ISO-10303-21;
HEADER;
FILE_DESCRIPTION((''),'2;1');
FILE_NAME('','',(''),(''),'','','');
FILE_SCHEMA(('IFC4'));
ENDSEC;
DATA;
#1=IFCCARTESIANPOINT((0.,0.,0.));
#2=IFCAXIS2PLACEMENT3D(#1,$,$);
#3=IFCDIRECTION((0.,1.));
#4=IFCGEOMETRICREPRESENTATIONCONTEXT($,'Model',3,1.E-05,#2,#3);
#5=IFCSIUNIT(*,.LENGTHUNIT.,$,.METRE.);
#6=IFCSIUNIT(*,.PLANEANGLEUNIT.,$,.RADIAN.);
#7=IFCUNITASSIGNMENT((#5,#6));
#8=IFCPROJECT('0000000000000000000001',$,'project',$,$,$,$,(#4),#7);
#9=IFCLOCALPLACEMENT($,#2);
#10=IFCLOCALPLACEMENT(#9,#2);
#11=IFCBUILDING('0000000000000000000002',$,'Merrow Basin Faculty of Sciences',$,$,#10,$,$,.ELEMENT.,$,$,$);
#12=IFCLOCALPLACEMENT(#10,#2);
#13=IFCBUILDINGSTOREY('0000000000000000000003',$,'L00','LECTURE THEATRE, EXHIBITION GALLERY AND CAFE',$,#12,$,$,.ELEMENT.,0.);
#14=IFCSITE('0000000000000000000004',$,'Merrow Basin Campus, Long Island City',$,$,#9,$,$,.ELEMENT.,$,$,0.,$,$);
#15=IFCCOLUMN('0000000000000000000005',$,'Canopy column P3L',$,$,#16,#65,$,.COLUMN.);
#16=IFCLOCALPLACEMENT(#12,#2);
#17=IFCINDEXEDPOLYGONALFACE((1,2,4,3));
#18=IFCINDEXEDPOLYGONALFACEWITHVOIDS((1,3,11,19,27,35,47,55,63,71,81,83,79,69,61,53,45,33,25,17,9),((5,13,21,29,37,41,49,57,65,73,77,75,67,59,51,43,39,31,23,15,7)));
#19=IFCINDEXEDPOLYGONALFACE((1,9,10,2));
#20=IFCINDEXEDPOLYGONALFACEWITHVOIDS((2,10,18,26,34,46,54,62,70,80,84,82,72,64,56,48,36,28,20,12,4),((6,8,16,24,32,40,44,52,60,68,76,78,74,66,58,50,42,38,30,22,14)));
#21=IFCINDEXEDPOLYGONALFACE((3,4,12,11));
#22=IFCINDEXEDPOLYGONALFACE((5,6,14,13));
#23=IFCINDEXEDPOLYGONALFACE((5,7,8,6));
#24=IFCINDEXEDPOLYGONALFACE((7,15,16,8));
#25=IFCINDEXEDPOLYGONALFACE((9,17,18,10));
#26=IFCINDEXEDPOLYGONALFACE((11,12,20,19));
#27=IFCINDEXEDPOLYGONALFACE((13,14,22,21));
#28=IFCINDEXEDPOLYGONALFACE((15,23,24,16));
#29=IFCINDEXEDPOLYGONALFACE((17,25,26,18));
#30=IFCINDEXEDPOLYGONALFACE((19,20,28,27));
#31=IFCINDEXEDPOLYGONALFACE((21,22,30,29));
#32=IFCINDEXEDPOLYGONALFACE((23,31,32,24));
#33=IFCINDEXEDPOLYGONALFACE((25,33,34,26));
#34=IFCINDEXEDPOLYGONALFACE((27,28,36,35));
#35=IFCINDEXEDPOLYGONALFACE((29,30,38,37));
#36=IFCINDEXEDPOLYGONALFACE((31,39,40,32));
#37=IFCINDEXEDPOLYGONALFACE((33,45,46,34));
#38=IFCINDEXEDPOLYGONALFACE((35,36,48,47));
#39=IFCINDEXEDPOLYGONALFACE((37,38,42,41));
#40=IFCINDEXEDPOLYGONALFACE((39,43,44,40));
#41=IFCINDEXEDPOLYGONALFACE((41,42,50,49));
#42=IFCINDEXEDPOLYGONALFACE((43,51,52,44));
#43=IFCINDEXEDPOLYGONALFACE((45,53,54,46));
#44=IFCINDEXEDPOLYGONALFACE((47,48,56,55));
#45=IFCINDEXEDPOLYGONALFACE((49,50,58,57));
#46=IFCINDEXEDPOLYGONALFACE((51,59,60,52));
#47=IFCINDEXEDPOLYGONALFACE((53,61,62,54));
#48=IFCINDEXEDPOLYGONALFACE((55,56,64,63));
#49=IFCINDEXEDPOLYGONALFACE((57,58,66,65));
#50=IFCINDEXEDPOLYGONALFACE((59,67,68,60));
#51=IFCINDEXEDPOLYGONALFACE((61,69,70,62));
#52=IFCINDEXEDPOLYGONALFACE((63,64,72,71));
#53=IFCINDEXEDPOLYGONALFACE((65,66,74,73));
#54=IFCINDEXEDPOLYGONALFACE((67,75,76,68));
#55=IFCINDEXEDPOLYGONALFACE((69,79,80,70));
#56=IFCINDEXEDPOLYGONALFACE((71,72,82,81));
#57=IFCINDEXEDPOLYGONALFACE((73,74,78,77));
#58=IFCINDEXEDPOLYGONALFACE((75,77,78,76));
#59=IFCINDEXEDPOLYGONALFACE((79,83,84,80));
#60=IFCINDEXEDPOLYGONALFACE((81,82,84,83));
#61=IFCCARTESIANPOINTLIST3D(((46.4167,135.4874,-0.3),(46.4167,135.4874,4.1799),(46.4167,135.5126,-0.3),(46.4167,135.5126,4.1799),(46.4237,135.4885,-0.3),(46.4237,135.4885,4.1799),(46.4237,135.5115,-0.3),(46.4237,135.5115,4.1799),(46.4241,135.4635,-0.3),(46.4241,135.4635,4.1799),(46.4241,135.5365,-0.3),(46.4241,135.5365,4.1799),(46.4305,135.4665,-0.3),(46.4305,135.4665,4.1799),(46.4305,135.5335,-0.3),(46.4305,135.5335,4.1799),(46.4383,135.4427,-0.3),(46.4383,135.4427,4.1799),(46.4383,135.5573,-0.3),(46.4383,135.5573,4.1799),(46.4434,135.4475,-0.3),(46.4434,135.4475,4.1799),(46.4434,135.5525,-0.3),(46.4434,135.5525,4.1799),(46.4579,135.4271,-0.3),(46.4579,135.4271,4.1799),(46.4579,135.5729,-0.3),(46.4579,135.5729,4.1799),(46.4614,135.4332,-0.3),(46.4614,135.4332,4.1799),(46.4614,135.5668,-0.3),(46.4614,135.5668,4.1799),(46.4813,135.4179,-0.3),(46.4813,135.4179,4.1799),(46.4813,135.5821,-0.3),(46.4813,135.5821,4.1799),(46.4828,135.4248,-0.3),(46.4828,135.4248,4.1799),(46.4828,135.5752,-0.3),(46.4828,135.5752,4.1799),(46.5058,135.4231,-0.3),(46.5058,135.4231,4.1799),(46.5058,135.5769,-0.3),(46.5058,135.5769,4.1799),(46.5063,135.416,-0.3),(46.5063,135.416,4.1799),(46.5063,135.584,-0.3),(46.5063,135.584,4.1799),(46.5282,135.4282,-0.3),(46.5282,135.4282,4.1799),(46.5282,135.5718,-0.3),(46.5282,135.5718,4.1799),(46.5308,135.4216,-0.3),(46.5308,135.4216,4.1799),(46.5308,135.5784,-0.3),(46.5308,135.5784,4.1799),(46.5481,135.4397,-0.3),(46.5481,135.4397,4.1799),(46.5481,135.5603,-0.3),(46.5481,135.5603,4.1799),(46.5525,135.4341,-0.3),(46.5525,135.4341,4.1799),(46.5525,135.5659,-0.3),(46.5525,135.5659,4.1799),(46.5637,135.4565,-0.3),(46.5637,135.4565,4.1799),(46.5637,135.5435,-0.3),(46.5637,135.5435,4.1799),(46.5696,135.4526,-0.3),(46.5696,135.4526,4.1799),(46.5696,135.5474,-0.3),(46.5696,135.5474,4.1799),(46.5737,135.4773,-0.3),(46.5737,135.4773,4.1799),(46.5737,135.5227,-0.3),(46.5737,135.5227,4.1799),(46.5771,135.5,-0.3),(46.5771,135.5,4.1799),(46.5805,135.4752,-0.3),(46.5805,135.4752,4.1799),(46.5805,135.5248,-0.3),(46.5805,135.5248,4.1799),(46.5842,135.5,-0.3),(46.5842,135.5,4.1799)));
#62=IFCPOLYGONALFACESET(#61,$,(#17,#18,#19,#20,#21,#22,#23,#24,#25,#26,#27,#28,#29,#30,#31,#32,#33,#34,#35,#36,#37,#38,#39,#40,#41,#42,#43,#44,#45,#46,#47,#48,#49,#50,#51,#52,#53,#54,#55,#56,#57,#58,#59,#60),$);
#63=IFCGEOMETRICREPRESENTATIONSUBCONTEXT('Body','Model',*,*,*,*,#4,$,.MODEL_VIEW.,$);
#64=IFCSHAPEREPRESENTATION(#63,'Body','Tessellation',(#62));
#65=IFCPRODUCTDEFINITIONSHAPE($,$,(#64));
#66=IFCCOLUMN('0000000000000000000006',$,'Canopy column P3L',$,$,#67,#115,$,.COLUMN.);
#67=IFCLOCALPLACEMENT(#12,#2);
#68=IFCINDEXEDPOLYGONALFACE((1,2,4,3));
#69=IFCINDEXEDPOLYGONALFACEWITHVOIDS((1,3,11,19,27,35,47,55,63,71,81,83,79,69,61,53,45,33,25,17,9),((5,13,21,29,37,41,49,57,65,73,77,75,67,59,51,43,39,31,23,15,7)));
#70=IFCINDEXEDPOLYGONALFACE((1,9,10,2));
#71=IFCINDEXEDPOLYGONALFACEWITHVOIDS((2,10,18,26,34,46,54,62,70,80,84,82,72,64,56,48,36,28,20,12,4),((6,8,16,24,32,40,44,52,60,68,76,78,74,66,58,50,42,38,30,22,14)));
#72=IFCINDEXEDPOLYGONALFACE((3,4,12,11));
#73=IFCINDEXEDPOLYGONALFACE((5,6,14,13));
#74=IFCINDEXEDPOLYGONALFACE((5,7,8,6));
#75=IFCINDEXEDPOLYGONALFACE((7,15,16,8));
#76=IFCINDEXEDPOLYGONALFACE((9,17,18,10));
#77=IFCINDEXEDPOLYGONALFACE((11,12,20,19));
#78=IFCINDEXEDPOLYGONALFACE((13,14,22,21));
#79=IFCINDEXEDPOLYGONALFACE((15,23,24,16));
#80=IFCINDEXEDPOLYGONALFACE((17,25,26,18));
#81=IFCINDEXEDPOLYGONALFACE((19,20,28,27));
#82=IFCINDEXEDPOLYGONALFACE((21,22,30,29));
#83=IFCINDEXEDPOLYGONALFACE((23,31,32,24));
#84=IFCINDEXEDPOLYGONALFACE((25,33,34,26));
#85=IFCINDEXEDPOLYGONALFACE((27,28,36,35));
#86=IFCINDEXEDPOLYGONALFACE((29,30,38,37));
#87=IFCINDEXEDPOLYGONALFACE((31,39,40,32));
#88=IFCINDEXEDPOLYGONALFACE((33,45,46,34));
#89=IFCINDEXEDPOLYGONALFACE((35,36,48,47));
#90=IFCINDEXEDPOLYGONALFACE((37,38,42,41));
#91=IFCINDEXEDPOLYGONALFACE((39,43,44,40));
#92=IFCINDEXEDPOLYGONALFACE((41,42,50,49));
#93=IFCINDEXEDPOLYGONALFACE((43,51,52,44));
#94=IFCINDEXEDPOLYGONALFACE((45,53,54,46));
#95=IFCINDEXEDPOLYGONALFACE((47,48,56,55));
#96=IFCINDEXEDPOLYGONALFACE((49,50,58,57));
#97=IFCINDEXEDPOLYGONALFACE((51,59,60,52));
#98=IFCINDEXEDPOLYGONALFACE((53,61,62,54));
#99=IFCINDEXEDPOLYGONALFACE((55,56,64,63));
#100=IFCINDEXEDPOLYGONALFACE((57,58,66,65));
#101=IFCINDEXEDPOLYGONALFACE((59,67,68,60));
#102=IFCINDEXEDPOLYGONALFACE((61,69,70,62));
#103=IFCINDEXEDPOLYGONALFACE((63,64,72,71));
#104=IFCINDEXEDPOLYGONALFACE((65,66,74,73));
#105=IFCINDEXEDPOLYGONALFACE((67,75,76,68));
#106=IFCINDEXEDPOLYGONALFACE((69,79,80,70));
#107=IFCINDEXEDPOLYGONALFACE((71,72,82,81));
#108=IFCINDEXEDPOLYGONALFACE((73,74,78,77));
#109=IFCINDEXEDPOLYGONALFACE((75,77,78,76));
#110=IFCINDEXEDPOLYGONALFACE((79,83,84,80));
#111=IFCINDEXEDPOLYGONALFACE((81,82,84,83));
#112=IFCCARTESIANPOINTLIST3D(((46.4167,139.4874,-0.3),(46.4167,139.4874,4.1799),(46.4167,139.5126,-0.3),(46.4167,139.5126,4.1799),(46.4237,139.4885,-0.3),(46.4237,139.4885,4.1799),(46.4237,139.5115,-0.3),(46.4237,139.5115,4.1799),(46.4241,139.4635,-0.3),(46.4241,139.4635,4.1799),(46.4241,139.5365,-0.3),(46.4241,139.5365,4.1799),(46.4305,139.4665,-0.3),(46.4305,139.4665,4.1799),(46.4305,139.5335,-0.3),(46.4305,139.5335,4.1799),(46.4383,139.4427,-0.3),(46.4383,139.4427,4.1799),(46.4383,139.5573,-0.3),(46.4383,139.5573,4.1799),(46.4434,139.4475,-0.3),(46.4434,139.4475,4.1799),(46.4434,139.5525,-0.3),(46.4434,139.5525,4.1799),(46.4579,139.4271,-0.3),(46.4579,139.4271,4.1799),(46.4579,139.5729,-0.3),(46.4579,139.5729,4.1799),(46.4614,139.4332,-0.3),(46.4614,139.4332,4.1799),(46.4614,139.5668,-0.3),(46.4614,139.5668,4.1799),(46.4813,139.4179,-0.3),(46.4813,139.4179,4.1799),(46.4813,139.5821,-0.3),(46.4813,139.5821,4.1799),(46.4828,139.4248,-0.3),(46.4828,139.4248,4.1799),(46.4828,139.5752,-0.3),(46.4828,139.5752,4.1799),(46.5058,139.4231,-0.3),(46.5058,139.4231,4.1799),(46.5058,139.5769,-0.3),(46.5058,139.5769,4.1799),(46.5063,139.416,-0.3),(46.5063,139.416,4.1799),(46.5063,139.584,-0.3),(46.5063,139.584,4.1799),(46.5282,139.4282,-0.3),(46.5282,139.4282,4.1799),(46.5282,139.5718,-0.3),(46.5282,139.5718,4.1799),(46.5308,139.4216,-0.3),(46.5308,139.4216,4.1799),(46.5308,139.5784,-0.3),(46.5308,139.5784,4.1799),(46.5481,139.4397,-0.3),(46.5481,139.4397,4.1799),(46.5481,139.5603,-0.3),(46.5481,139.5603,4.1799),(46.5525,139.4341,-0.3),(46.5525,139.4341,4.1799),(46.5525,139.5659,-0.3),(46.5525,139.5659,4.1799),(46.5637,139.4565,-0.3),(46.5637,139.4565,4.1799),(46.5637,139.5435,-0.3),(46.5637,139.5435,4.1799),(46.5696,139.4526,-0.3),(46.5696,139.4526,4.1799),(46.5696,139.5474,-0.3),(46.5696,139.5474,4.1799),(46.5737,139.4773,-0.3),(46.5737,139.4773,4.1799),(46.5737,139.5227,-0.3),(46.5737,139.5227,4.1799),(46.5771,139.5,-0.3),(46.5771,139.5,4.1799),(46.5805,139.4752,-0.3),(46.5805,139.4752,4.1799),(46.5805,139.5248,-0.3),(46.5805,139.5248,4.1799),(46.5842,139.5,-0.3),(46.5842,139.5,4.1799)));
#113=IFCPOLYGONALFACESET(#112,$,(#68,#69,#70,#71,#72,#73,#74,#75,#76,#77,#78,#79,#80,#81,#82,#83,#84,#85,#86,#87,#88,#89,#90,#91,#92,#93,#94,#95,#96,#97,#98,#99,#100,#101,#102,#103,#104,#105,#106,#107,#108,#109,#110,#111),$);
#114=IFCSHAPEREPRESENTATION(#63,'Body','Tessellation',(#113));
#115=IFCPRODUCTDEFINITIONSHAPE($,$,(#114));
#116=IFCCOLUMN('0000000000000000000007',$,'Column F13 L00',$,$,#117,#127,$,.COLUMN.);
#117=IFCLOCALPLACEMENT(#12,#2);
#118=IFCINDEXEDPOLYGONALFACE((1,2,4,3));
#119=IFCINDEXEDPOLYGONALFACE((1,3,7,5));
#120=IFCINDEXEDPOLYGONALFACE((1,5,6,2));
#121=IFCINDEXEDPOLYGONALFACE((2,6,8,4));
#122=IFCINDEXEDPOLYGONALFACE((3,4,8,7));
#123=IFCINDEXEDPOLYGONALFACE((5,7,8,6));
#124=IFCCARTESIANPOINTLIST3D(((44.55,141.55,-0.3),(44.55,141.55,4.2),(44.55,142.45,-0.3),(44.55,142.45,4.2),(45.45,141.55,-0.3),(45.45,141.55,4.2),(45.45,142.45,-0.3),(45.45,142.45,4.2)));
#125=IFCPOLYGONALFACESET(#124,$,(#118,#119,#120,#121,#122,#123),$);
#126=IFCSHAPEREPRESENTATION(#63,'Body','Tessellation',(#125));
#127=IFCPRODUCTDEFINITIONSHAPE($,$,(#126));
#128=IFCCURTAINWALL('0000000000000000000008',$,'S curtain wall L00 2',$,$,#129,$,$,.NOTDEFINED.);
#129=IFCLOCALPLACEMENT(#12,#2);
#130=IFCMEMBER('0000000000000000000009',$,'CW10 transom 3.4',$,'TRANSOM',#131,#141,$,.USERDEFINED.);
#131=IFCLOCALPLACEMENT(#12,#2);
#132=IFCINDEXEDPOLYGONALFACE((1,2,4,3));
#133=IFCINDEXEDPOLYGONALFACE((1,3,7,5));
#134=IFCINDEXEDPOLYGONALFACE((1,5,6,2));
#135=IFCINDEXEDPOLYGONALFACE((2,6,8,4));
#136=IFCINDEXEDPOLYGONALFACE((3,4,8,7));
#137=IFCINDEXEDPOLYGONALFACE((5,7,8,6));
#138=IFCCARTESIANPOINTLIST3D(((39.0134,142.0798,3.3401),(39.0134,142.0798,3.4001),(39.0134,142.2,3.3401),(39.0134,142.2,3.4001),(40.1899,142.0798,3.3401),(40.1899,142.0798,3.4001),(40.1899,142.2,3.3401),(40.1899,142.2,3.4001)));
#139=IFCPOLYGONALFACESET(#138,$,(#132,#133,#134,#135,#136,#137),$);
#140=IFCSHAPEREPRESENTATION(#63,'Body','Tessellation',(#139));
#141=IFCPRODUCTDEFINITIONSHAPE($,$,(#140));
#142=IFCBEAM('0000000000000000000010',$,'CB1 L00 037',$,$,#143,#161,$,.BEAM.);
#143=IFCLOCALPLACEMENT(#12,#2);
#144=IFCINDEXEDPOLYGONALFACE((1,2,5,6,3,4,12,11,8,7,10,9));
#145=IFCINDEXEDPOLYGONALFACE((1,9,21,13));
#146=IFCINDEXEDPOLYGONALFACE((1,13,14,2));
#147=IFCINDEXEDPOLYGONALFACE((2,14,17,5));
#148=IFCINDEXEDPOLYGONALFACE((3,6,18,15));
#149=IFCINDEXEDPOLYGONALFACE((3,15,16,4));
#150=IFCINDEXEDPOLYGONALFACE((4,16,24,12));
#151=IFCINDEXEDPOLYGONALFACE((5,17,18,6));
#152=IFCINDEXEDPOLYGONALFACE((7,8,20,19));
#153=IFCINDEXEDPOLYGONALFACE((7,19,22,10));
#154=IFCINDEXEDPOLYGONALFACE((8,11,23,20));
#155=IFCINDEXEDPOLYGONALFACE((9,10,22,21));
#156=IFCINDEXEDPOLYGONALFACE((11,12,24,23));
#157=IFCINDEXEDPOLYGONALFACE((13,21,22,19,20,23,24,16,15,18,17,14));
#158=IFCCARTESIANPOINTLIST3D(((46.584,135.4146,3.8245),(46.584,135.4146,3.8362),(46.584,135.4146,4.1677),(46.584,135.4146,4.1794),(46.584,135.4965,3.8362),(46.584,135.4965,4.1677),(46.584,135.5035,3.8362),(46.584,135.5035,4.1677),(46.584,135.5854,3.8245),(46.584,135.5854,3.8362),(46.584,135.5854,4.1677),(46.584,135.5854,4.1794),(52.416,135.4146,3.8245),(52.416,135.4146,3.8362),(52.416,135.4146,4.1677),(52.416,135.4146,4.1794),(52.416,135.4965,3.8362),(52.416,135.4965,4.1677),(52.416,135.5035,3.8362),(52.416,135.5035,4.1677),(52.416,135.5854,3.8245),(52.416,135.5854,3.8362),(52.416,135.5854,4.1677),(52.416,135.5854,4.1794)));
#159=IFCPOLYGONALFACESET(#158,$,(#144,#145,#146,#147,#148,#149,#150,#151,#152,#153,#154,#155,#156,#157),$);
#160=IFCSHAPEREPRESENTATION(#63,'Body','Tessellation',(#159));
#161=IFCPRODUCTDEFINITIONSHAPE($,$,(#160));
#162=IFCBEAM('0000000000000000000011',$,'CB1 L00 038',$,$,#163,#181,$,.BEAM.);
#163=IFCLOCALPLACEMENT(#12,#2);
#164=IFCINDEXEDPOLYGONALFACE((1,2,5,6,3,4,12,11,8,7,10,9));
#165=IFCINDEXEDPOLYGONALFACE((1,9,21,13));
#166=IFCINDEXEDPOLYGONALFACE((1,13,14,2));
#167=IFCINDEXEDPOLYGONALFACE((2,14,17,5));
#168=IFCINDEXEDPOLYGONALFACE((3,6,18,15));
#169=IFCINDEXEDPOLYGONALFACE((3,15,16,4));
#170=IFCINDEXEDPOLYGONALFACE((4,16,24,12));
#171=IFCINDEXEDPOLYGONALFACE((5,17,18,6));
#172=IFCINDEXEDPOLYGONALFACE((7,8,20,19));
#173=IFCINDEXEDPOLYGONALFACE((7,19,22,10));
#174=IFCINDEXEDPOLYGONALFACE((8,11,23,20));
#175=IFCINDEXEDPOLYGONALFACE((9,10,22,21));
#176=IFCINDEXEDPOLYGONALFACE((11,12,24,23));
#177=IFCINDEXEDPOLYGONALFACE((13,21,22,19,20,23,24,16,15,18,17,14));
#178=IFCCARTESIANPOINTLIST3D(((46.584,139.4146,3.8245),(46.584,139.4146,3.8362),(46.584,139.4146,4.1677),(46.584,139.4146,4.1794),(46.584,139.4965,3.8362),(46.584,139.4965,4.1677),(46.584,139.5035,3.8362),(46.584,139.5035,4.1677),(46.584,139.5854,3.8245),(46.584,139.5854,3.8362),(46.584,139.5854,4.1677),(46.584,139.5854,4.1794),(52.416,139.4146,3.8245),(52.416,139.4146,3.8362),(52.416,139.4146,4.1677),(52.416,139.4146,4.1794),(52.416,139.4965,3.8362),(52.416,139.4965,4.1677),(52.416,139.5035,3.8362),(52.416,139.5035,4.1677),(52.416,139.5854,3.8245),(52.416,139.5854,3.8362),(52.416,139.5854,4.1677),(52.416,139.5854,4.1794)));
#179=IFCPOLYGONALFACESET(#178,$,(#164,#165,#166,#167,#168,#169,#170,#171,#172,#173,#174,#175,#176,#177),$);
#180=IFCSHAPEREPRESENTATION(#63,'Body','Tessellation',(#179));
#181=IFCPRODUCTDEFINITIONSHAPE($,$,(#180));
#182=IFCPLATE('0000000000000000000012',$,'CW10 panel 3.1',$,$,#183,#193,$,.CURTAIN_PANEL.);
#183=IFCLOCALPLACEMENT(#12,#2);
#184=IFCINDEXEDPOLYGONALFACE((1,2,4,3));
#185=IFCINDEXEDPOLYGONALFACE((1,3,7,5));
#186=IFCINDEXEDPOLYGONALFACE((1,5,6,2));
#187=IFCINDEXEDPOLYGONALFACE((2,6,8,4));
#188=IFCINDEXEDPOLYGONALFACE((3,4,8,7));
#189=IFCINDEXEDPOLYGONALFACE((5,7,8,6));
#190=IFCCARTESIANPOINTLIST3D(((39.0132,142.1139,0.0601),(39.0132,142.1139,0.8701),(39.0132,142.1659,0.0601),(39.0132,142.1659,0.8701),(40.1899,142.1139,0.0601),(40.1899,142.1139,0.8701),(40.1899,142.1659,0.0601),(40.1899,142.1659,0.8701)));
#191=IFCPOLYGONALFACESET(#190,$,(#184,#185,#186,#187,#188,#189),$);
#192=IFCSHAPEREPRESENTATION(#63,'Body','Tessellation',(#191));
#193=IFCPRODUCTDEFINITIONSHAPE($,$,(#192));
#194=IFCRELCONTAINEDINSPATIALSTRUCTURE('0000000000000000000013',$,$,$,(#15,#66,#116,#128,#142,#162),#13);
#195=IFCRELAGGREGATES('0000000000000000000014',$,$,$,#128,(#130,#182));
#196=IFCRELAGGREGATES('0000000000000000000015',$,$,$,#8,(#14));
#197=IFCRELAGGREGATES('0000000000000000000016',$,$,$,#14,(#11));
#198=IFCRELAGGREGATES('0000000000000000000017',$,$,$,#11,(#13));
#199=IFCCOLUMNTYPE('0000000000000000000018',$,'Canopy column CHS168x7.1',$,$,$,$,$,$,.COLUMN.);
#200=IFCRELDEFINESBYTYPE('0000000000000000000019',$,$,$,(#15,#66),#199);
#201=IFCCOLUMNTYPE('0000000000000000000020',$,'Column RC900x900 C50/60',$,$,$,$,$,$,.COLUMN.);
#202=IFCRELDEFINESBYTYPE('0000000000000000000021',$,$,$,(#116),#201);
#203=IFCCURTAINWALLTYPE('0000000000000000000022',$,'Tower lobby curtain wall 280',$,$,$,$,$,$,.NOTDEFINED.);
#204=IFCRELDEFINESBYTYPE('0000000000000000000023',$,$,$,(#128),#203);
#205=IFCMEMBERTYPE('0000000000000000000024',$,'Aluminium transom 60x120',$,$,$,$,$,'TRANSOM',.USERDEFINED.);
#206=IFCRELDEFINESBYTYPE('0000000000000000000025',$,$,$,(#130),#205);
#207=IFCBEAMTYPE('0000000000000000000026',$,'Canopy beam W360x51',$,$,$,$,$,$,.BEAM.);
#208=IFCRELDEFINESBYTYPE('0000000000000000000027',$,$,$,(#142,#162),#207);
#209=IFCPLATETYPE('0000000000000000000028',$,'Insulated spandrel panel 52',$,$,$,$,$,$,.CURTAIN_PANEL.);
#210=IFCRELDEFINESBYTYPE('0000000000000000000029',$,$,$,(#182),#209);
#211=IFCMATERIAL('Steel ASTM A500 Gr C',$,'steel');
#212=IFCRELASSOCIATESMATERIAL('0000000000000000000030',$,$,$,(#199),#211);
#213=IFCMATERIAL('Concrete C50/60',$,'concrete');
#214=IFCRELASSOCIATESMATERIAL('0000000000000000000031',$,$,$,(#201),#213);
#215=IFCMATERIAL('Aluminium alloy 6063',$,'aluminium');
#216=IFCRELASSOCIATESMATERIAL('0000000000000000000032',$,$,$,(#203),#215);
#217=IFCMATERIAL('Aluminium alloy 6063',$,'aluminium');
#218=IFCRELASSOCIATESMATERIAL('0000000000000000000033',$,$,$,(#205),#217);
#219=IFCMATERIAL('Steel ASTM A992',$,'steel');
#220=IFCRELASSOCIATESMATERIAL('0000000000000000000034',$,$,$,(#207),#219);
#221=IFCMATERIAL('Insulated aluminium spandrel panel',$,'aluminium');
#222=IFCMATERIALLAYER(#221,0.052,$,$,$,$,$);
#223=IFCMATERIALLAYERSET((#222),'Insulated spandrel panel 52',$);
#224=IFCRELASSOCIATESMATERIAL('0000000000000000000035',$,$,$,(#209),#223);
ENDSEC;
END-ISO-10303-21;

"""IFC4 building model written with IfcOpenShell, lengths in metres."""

from ifc_helpers import new_model, si_unit, direction, frame, origin, origin_2d, place, context, subcontext, project, spatial, rectangle, hollow_circle, i_section, extrude, material, layer, layer_set, material_profile, profile_set, type_object, element, aggregate, save


model = new_model("IFC4")

# Units and contexts
model_context = context("Model", 3, precision=1e-05, world=origin(), true_north=direction((0.0, 1.0)))
body_context = subcontext(model_context, "Body", "Model", "MODEL_VIEW")
ifc_project = project(units=[si_unit("LENGTHUNIT", "METRE"), si_unit("PLANEANGLEUNIT", "RADIAN")], contexts=[model_context])

# Site, building, storey
site_placement = place(None, origin())
site = spatial("IfcSite", under=ifc_project, at=site_placement, Name="Merrow Basin Campus, Long Island City", CompositionType="ELEMENT", RefElevation=0.0)
building_placement = place(site_placement, origin())
building = spatial("IfcBuilding", under=site, at=building_placement, Name="Merrow Basin Faculty of Sciences", CompositionType="ELEMENT")
storey_placement = place(building_placement, origin())
storey = spatial("IfcBuildingStorey", under=building, at=storey_placement, Name="L00", Description="LECTURE THEATRE, EXHIBITION GALLERY AND CAFE", CompositionType="ELEMENT", Elevation=0.0)

# Columns
ifc_material_1 = material(Name="Steel ASTM A500 Gr C", Category="steel")
ifc_material_profile_1 = material_profile(ifc_material_1, hollow_circle(Radius=0.0842, WallThickness=0.0071, at=origin_2d()))
ifc_profile_set_1 = profile_set([ifc_material_profile_1], Name="Steel ASTM A500 Gr C")
column_type_1 = type_object("IfcColumnType", Name="Canopy column CHS168x7.1", PredefinedType="COLUMN", material=ifc_profile_set_1)
for number, where, z_axis, x_axis, name in (
    (1, (46.5, 135.5, -0.3), (0.0, 0.0, 1.0), (1.0, 0.0, 0.0), "Canopy column P3L"),
    (2, (46.5, 139.5, -0.3), (0.0, 0.0, 1.0), (1.0, 0.0, 0.0), "Canopy column P3L"),
):
    element("IfcColumn", number, at=place(storey_placement, frame(where, z_axis=z_axis, x_axis=x_axis)), inside=storey, type_object=column_type_1, Name=name, PredefinedType="COLUMN", context=body_context, shape_type="SweptSolid", body=[
        extrude(hollow_circle(Radius=0.0842, WallThickness=0.0071, at=origin_2d()), origin(), (0.0, 0.0, 1.0), 4.48),
    ])
ifc_material_2 = material(Name="Concrete C50/60", Category="concrete")
ifc_material_profile_2 = material_profile(ifc_material_2, rectangle(XDim=0.8999, YDim=0.8999, at=origin_2d()))
ifc_profile_set_2 = profile_set([ifc_material_profile_2], Name="Concrete C50/60")
column_type_2 = type_object("IfcColumnType", Name="Column RC900x900 C50/60", PredefinedType="COLUMN", material=ifc_profile_set_2)
column_placement = place(storey_placement, frame((45.0, 142.0, -0.3), z_axis=(0.0, 0.0, 1.0), x_axis=(1.0, 0.0, 0.0)))
element("IfcColumn", 3, at=column_placement, inside=storey, type_object=column_type_2, Name="Column F13 L00", PredefinedType="COLUMN", context=body_context, shape_type="SweptSolid", body=[
    extrude(rectangle(XDim=0.8999, YDim=0.8999, at=origin_2d()), origin(), (0.0, 0.0, 1.0), 4.5),
])

# Curtain wall, member
ifc_material_3 = material(Name="Aluminium alloy 6063", Category="aluminium")
curtain_wall_type = type_object("IfcCurtainWallType", Name="Tower lobby curtain wall 280", PredefinedType="NOTDEFINED", material=ifc_material_3)
curtain_wall_placement = place(storey_placement, origin())
curtain_wall = element("IfcCurtainWall", 4, at=curtain_wall_placement, inside=storey, type_object=curtain_wall_type, Name="S curtain wall L00 2", PredefinedType="NOTDEFINED")
ifc_material_4 = material(Name="Aluminium alloy 6063", Category="aluminium")
ifc_material_profile_3 = material_profile(ifc_material_4, rectangle(XDim=0.1201, YDim=0.0601, at=origin_2d()))
ifc_profile_set_3 = profile_set([ifc_material_profile_3], Name="Aluminium alloy 6063")
member_type = type_object("IfcMemberType", Name="Aluminium transom 60x120", ElementType="TRANSOM", PredefinedType="USERDEFINED", material=ifc_profile_set_3)
member_placement = place(storey_placement, frame((39.0134, 142.1399, 3.3701), z_axis=(1.0, 0.0, 0.0), x_axis=(0.0, 1.0, 0.0)))
member = element("IfcMember", 5, at=member_placement, type_object=member_type, Name="CW10 transom 3.4", ObjectType="TRANSOM", PredefinedType="USERDEFINED", context=body_context, shape_type="SweptSolid", body=[
    extrude(rectangle(XDim=0.1201, YDim=0.0601, at=origin_2d()), origin(), (0.0, 0.0, 1.0), 1.1765),
])

# Beams
ifc_material_5 = material(Name="Steel ASTM A992", Category="steel")
ifc_material_profile_4 = material_profile(ifc_material_5, i_section(OverallWidth=0.1709, OverallDepth=0.355, WebThickness=0.0071, FlangeThickness=0.0117, at=origin_2d()))
ifc_profile_set_4 = profile_set([ifc_material_profile_4], Name="Steel ASTM A992")
beam_type = type_object("IfcBeamType", Name="Canopy beam W360x51", PredefinedType="BEAM", material=ifc_profile_set_4)
for number, where, z_axis, x_axis, name in (
    (6, (46.584, 135.5, 4.002), (1.0, 0.0, 0.0), (0.0, 1.0, 0.0), "CB1 L00 037"),
    (7, (46.584, 139.5, 4.002), (1.0, 0.0, 0.0), (0.0, 1.0, 0.0), "CB1 L00 038"),
):
    element("IfcBeam", number, at=place(storey_placement, frame(where, z_axis=z_axis, x_axis=x_axis)), inside=storey, type_object=beam_type, Name=name, PredefinedType="BEAM", context=body_context, shape_type="SweptSolid", body=[
        extrude(i_section(OverallWidth=0.1709, OverallDepth=0.355, WebThickness=0.0071, FlangeThickness=0.0117, at=origin_2d()), origin(), (0.0, 0.0, 1.0), 5.832),
    ])

# Plate
ifc_material_6 = material(Name="Insulated aluminium spandrel panel", Category="aluminium")
ifc_layer_1 = layer(ifc_material_6, 0.052)
ifc_layer_set_1 = layer_set([ifc_layer_1], Name="Insulated spandrel panel 52")
plate_type_1 = type_object("IfcPlateType", Name="Insulated spandrel panel 52", PredefinedType="CURTAIN_PANEL", material=ifc_layer_set_1)
plate_1_placement = place(storey_placement, frame((39.6016, 142.1399, 0.0601), z_axis=(0.0, 0.0, 1.0), x_axis=(1.0, 0.0, 0.0)))
plate_1 = element("IfcPlate", 8, at=plate_1_placement, type_object=plate_type_1, Name="CW10 panel 3.1", PredefinedType="CURTAIN_PANEL", context=body_context, shape_type="SweptSolid", body=[
    extrude(rectangle(XDim=1.1768, YDim=0.052, at=origin_2d()), origin(), (0.0, 0.0, 1.0), 0.8101),
])
aggregate(curtain_wall, [member, plate_1])

save(model, "model.ifc")
